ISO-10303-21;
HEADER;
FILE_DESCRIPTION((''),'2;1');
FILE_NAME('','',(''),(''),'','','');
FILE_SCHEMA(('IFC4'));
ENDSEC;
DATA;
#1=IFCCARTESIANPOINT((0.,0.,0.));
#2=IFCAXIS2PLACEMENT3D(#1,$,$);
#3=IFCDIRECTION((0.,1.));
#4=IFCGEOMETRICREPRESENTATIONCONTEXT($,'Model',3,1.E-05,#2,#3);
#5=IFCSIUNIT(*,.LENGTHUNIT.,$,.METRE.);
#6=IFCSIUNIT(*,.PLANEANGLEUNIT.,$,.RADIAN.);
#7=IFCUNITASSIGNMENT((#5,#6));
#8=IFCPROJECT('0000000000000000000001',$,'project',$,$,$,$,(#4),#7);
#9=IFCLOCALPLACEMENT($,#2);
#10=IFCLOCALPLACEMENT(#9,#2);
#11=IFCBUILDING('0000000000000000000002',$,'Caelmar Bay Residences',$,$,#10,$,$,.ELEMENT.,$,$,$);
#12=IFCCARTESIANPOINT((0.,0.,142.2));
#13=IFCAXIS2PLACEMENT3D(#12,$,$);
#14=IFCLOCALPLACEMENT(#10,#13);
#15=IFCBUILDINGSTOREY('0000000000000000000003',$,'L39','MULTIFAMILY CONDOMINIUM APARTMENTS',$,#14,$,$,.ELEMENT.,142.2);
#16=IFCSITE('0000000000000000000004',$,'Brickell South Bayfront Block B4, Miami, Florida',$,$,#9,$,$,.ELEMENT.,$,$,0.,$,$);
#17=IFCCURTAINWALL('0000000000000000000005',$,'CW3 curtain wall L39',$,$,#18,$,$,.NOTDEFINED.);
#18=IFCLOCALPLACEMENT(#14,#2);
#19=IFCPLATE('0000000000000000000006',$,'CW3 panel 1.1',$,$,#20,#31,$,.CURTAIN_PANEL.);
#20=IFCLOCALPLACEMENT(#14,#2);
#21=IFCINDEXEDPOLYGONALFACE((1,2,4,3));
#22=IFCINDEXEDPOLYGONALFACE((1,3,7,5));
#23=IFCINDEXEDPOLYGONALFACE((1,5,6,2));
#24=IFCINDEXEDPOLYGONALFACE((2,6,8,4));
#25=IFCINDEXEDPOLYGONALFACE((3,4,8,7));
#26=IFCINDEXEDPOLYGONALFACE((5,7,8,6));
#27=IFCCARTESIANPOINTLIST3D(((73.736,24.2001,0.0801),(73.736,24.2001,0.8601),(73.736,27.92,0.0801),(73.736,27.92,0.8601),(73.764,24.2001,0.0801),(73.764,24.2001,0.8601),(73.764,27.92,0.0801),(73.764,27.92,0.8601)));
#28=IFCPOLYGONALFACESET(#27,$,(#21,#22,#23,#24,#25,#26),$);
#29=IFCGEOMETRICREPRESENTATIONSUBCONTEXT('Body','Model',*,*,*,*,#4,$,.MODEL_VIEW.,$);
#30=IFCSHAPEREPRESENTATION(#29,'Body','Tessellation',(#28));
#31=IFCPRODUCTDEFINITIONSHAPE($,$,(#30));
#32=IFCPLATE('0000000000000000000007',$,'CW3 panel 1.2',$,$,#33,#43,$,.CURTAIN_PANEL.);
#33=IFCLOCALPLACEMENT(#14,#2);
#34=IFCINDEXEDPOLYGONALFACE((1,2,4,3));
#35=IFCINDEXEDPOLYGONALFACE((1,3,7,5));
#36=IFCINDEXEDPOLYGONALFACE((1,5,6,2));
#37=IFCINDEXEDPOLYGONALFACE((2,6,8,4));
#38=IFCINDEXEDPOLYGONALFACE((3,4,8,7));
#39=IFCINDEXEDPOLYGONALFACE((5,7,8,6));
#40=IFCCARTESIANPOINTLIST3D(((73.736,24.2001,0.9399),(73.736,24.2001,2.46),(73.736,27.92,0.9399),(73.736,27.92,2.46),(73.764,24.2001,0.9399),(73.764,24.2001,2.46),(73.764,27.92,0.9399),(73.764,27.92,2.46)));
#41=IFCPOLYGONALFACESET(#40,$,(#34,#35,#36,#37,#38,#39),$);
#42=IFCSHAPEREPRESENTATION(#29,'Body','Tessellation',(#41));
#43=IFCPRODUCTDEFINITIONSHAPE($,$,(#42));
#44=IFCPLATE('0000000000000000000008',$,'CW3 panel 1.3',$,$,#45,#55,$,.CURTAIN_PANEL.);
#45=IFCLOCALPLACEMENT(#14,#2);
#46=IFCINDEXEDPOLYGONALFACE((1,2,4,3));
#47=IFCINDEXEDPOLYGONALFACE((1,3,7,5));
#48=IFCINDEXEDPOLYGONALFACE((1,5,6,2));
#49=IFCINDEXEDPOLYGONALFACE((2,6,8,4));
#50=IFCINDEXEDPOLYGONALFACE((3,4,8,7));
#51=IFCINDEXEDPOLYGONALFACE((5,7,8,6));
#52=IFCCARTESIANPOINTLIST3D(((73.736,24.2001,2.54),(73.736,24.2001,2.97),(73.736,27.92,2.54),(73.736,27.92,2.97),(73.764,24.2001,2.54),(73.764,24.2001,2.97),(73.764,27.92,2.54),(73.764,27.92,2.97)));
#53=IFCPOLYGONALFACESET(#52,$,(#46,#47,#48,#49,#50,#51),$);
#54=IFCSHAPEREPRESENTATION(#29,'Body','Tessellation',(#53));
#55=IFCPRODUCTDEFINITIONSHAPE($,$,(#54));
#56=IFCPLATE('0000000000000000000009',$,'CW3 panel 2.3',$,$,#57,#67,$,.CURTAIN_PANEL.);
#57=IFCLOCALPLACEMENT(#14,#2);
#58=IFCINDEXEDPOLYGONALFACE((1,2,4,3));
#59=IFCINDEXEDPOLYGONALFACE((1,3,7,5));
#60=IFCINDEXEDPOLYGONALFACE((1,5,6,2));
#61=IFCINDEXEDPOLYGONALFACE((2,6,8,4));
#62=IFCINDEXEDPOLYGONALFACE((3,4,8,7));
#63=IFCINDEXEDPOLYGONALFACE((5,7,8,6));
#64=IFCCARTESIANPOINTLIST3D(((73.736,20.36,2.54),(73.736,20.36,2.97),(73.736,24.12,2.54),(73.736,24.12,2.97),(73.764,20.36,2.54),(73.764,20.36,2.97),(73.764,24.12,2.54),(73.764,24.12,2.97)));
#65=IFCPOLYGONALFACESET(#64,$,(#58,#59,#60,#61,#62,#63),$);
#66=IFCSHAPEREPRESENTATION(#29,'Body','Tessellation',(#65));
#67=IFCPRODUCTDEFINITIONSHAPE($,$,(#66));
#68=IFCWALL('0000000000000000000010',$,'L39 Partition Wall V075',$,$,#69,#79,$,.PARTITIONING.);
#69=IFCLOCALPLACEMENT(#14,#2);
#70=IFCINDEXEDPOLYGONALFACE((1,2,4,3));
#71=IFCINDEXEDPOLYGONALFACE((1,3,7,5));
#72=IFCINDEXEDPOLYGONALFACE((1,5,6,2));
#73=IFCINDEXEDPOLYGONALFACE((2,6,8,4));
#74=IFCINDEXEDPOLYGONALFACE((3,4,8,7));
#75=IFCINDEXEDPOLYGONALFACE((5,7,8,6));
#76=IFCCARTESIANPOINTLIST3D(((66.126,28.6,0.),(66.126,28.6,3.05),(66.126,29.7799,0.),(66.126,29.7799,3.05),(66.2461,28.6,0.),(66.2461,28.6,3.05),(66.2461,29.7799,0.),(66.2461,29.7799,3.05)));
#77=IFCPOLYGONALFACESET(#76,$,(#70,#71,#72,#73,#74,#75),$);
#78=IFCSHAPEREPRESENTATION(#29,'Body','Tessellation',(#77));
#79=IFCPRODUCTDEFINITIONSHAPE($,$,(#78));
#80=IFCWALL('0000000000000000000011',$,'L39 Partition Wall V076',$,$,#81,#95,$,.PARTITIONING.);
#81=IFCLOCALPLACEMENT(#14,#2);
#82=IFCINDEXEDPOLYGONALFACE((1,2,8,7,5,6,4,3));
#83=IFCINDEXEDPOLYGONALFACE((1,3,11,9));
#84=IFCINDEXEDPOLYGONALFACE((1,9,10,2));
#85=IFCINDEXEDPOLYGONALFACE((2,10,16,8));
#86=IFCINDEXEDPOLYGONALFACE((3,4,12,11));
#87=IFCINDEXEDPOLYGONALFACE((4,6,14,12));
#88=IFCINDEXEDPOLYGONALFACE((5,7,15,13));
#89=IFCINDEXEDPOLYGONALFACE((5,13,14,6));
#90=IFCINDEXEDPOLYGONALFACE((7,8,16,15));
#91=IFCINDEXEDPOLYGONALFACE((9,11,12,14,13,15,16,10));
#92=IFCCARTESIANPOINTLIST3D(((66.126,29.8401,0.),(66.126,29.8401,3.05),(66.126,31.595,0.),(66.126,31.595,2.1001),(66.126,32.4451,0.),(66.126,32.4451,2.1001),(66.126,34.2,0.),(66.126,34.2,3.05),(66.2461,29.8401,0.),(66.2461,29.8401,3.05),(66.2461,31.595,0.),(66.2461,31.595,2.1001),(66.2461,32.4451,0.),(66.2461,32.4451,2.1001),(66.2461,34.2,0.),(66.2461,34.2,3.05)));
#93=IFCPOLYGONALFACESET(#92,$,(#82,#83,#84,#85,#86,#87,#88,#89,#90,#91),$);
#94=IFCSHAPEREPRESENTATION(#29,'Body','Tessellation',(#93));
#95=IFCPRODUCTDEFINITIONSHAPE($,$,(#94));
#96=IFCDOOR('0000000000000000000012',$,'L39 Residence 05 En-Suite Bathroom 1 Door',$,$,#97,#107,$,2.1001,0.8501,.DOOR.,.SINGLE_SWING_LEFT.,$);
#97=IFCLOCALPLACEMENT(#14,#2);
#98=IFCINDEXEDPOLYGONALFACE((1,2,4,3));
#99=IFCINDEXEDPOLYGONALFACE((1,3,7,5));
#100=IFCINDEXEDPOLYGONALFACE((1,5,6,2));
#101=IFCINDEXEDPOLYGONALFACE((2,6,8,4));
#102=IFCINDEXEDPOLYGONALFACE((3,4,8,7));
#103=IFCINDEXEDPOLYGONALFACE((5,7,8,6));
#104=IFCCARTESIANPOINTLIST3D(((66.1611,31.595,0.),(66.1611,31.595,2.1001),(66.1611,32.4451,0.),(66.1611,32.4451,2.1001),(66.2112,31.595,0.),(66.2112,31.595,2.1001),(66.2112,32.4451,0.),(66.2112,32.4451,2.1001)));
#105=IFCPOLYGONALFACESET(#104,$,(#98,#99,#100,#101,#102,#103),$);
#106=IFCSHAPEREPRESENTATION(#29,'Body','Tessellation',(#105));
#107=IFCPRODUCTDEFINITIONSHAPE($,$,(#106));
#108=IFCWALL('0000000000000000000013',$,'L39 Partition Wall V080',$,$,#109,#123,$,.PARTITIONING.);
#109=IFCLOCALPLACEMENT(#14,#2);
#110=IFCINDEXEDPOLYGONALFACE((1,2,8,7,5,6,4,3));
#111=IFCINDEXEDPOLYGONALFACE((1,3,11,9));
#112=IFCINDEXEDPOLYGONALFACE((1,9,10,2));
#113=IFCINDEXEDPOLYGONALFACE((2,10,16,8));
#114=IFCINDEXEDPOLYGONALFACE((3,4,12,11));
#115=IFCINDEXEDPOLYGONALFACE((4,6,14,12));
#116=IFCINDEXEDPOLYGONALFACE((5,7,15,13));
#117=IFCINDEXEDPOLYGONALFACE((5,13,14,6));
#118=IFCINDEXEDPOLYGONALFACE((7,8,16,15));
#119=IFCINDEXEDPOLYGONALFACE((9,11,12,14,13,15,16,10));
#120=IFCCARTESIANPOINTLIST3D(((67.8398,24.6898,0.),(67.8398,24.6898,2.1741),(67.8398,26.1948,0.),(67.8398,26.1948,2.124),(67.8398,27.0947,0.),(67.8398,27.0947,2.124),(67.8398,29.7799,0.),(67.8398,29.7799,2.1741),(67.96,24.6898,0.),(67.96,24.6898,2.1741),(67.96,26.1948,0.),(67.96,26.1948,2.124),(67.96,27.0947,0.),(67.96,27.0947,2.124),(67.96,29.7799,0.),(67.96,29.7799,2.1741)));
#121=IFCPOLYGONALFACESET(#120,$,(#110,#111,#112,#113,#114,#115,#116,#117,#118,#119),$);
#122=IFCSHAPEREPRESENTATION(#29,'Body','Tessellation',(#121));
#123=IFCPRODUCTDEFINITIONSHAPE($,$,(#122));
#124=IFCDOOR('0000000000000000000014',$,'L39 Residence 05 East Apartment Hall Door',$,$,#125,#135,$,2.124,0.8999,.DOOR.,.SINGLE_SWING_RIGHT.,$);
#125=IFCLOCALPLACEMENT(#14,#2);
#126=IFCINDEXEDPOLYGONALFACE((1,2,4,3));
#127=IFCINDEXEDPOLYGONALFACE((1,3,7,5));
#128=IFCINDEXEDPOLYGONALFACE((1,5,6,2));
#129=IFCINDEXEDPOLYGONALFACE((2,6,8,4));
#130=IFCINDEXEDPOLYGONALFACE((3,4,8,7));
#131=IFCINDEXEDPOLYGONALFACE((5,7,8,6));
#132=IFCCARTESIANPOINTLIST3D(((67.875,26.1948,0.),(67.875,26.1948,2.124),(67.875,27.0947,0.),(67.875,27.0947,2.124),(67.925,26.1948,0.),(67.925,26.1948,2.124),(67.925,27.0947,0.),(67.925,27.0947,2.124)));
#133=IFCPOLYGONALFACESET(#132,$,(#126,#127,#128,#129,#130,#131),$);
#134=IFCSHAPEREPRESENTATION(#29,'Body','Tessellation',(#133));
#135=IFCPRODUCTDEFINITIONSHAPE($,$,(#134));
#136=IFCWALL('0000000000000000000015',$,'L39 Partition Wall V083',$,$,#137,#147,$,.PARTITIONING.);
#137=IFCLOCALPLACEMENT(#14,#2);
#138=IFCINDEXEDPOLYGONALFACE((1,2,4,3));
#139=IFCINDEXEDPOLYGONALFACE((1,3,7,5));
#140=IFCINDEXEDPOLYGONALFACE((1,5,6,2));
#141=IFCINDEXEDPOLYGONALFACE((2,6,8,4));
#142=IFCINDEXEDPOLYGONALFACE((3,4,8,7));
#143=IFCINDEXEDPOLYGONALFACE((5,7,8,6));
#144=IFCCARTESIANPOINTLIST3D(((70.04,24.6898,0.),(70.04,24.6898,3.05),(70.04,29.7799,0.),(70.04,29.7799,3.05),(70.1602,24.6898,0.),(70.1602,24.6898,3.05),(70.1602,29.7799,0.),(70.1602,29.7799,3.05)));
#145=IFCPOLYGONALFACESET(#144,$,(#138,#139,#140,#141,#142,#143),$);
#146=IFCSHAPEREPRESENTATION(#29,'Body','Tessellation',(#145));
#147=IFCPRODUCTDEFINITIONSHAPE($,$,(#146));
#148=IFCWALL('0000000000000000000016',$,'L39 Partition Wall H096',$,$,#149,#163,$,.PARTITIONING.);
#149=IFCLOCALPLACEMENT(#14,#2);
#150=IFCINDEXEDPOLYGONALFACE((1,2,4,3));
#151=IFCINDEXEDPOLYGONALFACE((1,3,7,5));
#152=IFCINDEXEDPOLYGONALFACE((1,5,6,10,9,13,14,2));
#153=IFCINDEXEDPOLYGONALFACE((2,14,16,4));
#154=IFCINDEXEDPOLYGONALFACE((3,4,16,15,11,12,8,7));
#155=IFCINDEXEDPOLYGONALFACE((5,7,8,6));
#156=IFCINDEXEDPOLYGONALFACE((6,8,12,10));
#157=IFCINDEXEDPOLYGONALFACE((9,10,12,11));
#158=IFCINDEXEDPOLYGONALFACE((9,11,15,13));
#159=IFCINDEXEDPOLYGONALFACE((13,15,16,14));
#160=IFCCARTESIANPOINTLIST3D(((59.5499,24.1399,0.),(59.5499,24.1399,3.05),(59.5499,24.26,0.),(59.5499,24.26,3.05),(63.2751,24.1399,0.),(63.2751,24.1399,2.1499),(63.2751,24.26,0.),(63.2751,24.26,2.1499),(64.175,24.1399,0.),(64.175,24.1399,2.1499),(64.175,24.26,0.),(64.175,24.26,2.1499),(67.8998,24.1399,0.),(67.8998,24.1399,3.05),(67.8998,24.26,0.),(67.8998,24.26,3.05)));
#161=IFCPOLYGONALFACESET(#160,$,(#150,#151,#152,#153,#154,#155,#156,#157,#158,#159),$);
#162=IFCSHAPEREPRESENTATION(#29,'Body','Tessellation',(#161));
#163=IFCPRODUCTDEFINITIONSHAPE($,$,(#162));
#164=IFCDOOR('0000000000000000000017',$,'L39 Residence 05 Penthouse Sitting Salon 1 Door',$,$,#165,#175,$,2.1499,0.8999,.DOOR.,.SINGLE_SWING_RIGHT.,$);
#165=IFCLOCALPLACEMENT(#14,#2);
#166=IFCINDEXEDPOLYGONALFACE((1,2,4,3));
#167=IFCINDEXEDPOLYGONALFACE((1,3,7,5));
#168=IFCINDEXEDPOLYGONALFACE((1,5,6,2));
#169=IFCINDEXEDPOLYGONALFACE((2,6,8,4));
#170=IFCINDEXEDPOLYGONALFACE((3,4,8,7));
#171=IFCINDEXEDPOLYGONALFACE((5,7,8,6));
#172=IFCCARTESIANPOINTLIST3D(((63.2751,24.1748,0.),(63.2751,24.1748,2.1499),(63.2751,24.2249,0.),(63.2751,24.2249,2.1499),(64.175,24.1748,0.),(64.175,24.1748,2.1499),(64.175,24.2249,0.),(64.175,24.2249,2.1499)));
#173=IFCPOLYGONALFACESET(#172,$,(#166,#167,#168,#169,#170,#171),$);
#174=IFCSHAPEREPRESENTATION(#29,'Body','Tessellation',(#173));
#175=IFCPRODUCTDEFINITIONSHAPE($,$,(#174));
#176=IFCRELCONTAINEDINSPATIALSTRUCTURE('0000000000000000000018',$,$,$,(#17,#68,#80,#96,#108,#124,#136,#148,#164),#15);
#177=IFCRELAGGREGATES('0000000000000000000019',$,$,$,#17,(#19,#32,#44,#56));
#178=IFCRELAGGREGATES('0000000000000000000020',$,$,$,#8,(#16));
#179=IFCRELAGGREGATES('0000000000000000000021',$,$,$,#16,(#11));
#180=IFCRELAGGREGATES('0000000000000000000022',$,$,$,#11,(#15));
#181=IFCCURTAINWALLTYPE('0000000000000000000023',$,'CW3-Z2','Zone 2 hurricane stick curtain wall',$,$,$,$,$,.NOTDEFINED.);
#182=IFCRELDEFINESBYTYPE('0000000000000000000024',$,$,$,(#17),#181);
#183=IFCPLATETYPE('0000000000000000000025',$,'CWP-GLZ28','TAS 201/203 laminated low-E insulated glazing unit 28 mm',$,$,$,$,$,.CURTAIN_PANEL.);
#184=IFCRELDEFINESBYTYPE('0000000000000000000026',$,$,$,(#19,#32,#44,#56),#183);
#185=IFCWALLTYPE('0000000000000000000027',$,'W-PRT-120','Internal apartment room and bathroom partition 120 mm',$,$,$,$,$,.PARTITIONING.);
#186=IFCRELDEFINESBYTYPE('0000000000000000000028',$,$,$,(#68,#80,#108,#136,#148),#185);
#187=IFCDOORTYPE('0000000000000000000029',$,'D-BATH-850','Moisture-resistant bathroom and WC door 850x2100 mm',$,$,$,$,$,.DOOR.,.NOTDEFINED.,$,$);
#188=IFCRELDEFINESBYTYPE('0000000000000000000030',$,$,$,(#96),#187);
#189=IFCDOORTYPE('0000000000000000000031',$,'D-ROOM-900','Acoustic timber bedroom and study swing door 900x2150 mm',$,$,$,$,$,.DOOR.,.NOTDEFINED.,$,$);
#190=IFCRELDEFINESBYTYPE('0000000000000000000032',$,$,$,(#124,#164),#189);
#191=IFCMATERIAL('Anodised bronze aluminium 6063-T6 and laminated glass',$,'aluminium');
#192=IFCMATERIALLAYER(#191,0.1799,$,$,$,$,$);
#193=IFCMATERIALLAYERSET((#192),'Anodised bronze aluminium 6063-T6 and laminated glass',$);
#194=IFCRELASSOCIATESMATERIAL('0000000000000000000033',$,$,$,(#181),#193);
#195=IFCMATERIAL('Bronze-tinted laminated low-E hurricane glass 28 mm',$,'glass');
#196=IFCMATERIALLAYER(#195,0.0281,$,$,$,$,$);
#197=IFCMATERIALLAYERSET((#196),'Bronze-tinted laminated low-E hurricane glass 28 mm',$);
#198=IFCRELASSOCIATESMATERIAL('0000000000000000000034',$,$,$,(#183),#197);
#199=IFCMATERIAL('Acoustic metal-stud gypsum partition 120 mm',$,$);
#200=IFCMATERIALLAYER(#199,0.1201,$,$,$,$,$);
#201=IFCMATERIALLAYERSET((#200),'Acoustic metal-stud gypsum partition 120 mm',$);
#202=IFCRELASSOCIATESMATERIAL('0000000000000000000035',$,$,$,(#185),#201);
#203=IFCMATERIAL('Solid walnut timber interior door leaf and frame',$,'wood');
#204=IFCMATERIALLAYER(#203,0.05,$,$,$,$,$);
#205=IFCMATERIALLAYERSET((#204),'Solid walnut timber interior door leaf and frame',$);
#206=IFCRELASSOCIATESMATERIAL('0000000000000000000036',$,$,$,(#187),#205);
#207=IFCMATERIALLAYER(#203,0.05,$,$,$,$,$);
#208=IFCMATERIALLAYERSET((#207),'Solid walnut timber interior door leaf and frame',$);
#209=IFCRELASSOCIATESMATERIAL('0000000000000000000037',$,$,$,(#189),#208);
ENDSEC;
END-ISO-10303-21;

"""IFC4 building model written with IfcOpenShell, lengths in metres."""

from ifc_helpers import new_model, si_unit, direction, frame, frame_2d, origin, origin_2d, place, context, subcontext, project, spatial, rectangle, extrude, material, layer, layer_set, type_object, element, fill, aggregate, save


model = new_model("IFC4")

# Units and contexts
model_context = context("Model", 3, precision=1e-05, world=origin(), true_north=direction((0.0, 1.0)))
body_context = subcontext(model_context, "Body", "Model", "MODEL_VIEW")
ifc_project = project(units=[si_unit("LENGTHUNIT", "METRE"), si_unit("PLANEANGLEUNIT", "RADIAN")], contexts=[model_context])

# Site, building, storey
site_placement = place(None, origin())
site = spatial("IfcSite", under=ifc_project, at=site_placement, Name="Brickell South Bayfront Block B4, Miami, Florida", CompositionType="ELEMENT", RefElevation=0.0)
building_placement = place(site_placement, origin())
building = spatial("IfcBuilding", under=site, at=building_placement, Name="Caelmar Bay Residences", CompositionType="ELEMENT")
storey_placement = place(building_placement, frame((0.0, 0.0, 142.2)))
storey = spatial("IfcBuildingStorey", under=building, at=storey_placement, Name="L39", Description="MULTIFAMILY CONDOMINIUM APARTMENTS", CompositionType="ELEMENT", Elevation=142.2)

# Curtain wall, plates
ifc_material_1 = material(Name="Anodised bronze aluminium 6063-T6 and laminated glass", Category="aluminium")
ifc_layer_1 = layer(ifc_material_1, 0.1799)
ifc_layer_set_1 = layer_set([ifc_layer_1], Name="Anodised bronze aluminium 6063-T6 and laminated glass")
curtain_wall_type = type_object("IfcCurtainWallType", Name="CW3-Z2", Description="Zone 2 hurricane stick curtain wall", PredefinedType="NOTDEFINED", material=ifc_layer_set_1)
curtain_wall_placement = place(storey_placement, origin())
curtain_wall = element("IfcCurtainWall", 1, at=curtain_wall_placement, inside=storey, type_object=curtain_wall_type, Name="CW3 curtain wall L39", PredefinedType="NOTDEFINED")
ifc_material_2 = material(Name="Bronze-tinted laminated low-E hurricane glass 28 mm", Category="glass")
ifc_layer_2 = layer(ifc_material_2, 0.0281)
ifc_layer_set_2 = layer_set([ifc_layer_2], Name="Bronze-tinted laminated low-E hurricane glass 28 mm")
plate_type = type_object("IfcPlateType", Name="CWP-GLZ28", Description="TAS 201/203 laminated low-E insulated glazing unit 28 mm", PredefinedType="CURTAIN_PANEL", material=ifc_layer_set_2)
plate_1_placement = place(storey_placement, frame((73.75, 26.0601, 0.0801), z_axis=(0.0, 0.0, 1.0), x_axis=(0.0, -1.0, 0.0)))
plate_1 = element("IfcPlate", 2, at=plate_1_placement, type_object=plate_type, Name="CW3 panel 1.1", PredefinedType="CURTAIN_PANEL", context=body_context, shape_type="SweptSolid", body=[
    extrude(rectangle(XDim=3.72, YDim=0.0281, at=origin_2d()), origin(), (0.0, 0.0, 1.0), 0.78),
])
plate_2_placement = place(storey_placement, frame((73.75, 26.0601, 0.9399), z_axis=(0.0, 0.0, 1.0), x_axis=(0.0, -1.0, 0.0)))
plate_2 = element("IfcPlate", 3, at=plate_2_placement, type_object=plate_type, Name="CW3 panel 1.2", PredefinedType="CURTAIN_PANEL", context=body_context, shape_type="SweptSolid", body=[
    extrude(rectangle(XDim=3.72, YDim=0.0281, at=origin_2d()), origin(), (0.0, 0.0, 1.0), 1.52),
])
plate_3_placement = place(storey_placement, frame((73.75, 26.0601, 2.54), z_axis=(0.0, 0.0, 1.0), x_axis=(0.0, -1.0, 0.0)))
plate_3 = element("IfcPlate", 4, at=plate_3_placement, type_object=plate_type, Name="CW3 panel 1.3", PredefinedType="CURTAIN_PANEL", context=body_context, shape_type="SweptSolid", body=[
    extrude(rectangle(XDim=3.72, YDim=0.0281, at=origin_2d()), origin(), (0.0, 0.0, 1.0), 0.4299),
])
plate_4_placement = place(storey_placement, frame((73.75, 22.24, 2.54), z_axis=(0.0, 0.0, 1.0), x_axis=(0.0, -1.0, 0.0)))
plate_4 = element("IfcPlate", 5, at=plate_4_placement, type_object=plate_type, Name="CW3 panel 2.3", PredefinedType="CURTAIN_PANEL", context=body_context, shape_type="SweptSolid", body=[
    extrude(rectangle(XDim=3.76, YDim=0.0281, at=origin_2d()), origin(), (0.0, 0.0, 1.0), 0.4299),
])
aggregate(curtain_wall, [plate_1, plate_2, plate_3, plate_4])

# Wall
ifc_material_3 = material(Name="Acoustic metal-stud gypsum partition 120 mm")
ifc_layer_3 = layer(ifc_material_3, 0.1201)
ifc_layer_set_3 = layer_set([ifc_layer_3], Name="Acoustic metal-stud gypsum partition 120 mm")
wall_type = type_object("IfcWallType", Name="W-PRT-120", Description="Internal apartment room and bathroom partition 120 mm", PredefinedType="PARTITIONING", material=ifc_layer_set_3)
wall_1_placement = place(storey_placement, frame((66.186, 28.6001, 0.0), z_axis=(0.0, 0.0, 1.0), x_axis=(0.0, 1.0, 0.0)))
element("IfcWall", 6, at=wall_1_placement, inside=storey, type_object=wall_type, Name="L39 Partition Wall V075", PredefinedType="PARTITIONING", context=body_context, shape_type="SweptSolid", body=[
    extrude(rectangle(XDim=1.1799, YDim=0.1201, at=frame_2d((0.5898, 0.0))), origin(), (0.0, 0.0, 1.0), 3.05),
])

# Walls, openings, doors
wall_2_placement = place(storey_placement, frame((66.186, 29.8401, 0.0), z_axis=(0.0, 0.0, 1.0), x_axis=(0.0, 1.0, 0.0)))
wall_2 = element("IfcWall", 7, at=wall_2_placement, inside=storey, type_object=wall_type, Name="L39 Partition Wall V076", PredefinedType="PARTITIONING", context=body_context, shape_type="SweptSolid", body=[
    extrude(rectangle(XDim=4.3599, YDim=0.1201, at=frame_2d((2.1799, 0.0))), origin(), (0.0, 0.0, 1.0), 3.05),
])
opening_1_placement = place(wall_2_placement, frame((1.7549, 0.0, 0.0)))
opening_1 = element("IfcOpeningElement", 8, at=opening_1_placement, cuts=wall_2, PredefinedType="OPENING", context=body_context, shape_type="SweptSolid", body=[
    extrude(rectangle(XDim=0.8501, YDim=2.1001, at=frame_2d((0.425, 1.05))), frame((0.0, 0.0701, 0.0), z_axis=(0.0, -1.0, 0.0), x_axis=(1.0, 0.0, 0.0)), (0.0, 0.0, 1.0), 0.1401),
])
ifc_material_4 = material(Name="Solid walnut timber interior door leaf and frame", Category="wood")
ifc_layer_4 = layer(ifc_material_4, 0.05)
ifc_layer_set_4 = layer_set([ifc_layer_4], Name="Solid walnut timber interior door leaf and frame")
door_type_1 = type_object("IfcDoorType", Name="D-BATH-850", Description="Moisture-resistant bathroom and WC door 850x2100 mm", OperationType="NOTDEFINED", PredefinedType="DOOR", material=ifc_layer_set_4)
door_1_placement = place(opening_1_placement, origin())
door_1 = element("IfcDoor", 9, at=door_1_placement, inside=storey, type_object=door_type_1, Name="L39 Residence 05 En-Suite Bathroom 1 Door", OperationType="SINGLE_SWING_LEFT", OverallHeight=2.1001, OverallWidth=0.8501, PredefinedType="DOOR", context=body_context, shape_type="SweptSolid", body=[
    extrude(rectangle(XDim=0.8501, YDim=2.1001, at=frame_2d((0.425, 1.05))), frame((0.0, 0.0249, 0.0), z_axis=(0.0, -1.0, 0.0), x_axis=(1.0, 0.0, 0.0)), (0.0, 0.0, 1.0), 0.05),
])
fill(opening_1, door_1)
wall_3_placement = place(storey_placement, frame((67.8999, 24.6899, 0.0), z_axis=(0.0, 0.0, 1.0), x_axis=(0.0, 1.0, 0.0)))
wall_3 = element("IfcWall", 10, at=wall_3_placement, inside=storey, type_object=wall_type, Name="L39 Partition Wall V080", PredefinedType="PARTITIONING", context=body_context, shape_type="SweptSolid", body=[
    extrude(rectangle(XDim=5.0901, YDim=0.1201, at=frame_2d((2.5449, 0.0))), origin(), (0.0, 0.0, 1.0), 2.1741),
])
opening_2_placement = place(wall_3_placement, frame((1.5049, 0.0, 0.0)))
opening_2 = element("IfcOpeningElement", 11, at=opening_2_placement, cuts=wall_3, PredefinedType="OPENING", context=body_context, shape_type="SweptSolid", body=[
    extrude(rectangle(XDim=0.8999, YDim=2.124, at=frame_2d((0.45, 1.062))), frame((0.0, 0.0701, 0.0), z_axis=(0.0, -1.0, 0.0), x_axis=(1.0, 0.0, 0.0)), (0.0, 0.0, 1.0), 0.1401),
])
ifc_layer_5 = layer(ifc_material_4, 0.05)
ifc_layer_set_5 = layer_set([ifc_layer_5], Name="Solid walnut timber interior door leaf and frame")
door_type_2 = type_object("IfcDoorType", Name="D-ROOM-900", Description="Acoustic timber bedroom and study swing door 900x2150 mm", OperationType="NOTDEFINED", PredefinedType="DOOR", material=ifc_layer_set_5)
door_2_placement = place(opening_2_placement, origin())
door_2 = element("IfcDoor", 12, at=door_2_placement, inside=storey, type_object=door_type_2, Name="L39 Residence 05 East Apartment Hall Door", OperationType="SINGLE_SWING_RIGHT", OverallHeight=2.124, OverallWidth=0.8999, PredefinedType="DOOR", context=body_context, shape_type="SweptSolid", body=[
    extrude(rectangle(XDim=0.8999, YDim=2.124, at=frame_2d((0.45, 1.062))), frame((0.0, 0.0249, 0.0), z_axis=(0.0, -1.0, 0.0), x_axis=(1.0, 0.0, 0.0)), (0.0, 0.0, 1.0), 0.05),
])
fill(opening_2, door_2)

# Wall
wall_4_placement = place(storey_placement, frame((70.1001, 24.6899, 0.0), z_axis=(0.0, 0.0, 1.0), x_axis=(0.0, 1.0, 0.0)))
element("IfcWall", 13, at=wall_4_placement, inside=storey, type_object=wall_type, Name="L39 Partition Wall V083", PredefinedType="PARTITIONING", context=body_context, shape_type="SweptSolid", body=[
    extrude(rectangle(XDim=5.0901, YDim=0.1201, at=frame_2d((2.5449, 0.0))), origin(), (0.0, 0.0, 1.0), 3.05),
])

# Wall, opening, door
wall_5_placement = place(storey_placement, frame((59.55, 24.2, 0.0), z_axis=(0.0, 0.0, 1.0), x_axis=(1.0, 0.0, 0.0)))
wall_5 = element("IfcWall", 14, at=wall_5_placement, inside=storey, type_object=wall_type, Name="L39 Partition Wall H096", PredefinedType="PARTITIONING", context=body_context, shape_type="SweptSolid", body=[
    extrude(rectangle(XDim=8.3499, YDim=0.1201, at=frame_2d((4.1748, 0.0))), origin(), (0.0, 0.0, 1.0), 3.05),
])
opening_3_placement = place(wall_5_placement, frame((3.7251, 0.0, 0.0)))
opening_3 = element("IfcOpeningElement", 15, at=opening_3_placement, cuts=wall_5, PredefinedType="OPENING", context=body_context, shape_type="SweptSolid", body=[
    extrude(rectangle(XDim=0.8999, YDim=2.1499, at=frame_2d((0.45, 1.075))), frame((0.0, 0.0701, 0.0), z_axis=(0.0, -1.0, 0.0), x_axis=(1.0, 0.0, 0.0)), (0.0, 0.0, 1.0), 0.1401),
])
door_3_placement = place(opening_3_placement, origin())
door_3 = element("IfcDoor", 16, at=door_3_placement, inside=storey, type_object=door_type_2, Name="L39 Residence 05 Penthouse Sitting Salon 1 Door", OperationType="SINGLE_SWING_RIGHT", OverallHeight=2.1499, OverallWidth=0.8999, PredefinedType="DOOR", context=body_context, shape_type="SweptSolid", body=[
    extrude(rectangle(XDim=0.8999, YDim=2.1499, at=frame_2d((0.45, 1.075))), frame((0.0, 0.0249, 0.0), z_axis=(0.0, -1.0, 0.0), x_axis=(1.0, 0.0, 0.0)), (0.0, 0.0, 1.0), 0.05),
])
fill(opening_3, door_3)

save(model, "model.ifc")
